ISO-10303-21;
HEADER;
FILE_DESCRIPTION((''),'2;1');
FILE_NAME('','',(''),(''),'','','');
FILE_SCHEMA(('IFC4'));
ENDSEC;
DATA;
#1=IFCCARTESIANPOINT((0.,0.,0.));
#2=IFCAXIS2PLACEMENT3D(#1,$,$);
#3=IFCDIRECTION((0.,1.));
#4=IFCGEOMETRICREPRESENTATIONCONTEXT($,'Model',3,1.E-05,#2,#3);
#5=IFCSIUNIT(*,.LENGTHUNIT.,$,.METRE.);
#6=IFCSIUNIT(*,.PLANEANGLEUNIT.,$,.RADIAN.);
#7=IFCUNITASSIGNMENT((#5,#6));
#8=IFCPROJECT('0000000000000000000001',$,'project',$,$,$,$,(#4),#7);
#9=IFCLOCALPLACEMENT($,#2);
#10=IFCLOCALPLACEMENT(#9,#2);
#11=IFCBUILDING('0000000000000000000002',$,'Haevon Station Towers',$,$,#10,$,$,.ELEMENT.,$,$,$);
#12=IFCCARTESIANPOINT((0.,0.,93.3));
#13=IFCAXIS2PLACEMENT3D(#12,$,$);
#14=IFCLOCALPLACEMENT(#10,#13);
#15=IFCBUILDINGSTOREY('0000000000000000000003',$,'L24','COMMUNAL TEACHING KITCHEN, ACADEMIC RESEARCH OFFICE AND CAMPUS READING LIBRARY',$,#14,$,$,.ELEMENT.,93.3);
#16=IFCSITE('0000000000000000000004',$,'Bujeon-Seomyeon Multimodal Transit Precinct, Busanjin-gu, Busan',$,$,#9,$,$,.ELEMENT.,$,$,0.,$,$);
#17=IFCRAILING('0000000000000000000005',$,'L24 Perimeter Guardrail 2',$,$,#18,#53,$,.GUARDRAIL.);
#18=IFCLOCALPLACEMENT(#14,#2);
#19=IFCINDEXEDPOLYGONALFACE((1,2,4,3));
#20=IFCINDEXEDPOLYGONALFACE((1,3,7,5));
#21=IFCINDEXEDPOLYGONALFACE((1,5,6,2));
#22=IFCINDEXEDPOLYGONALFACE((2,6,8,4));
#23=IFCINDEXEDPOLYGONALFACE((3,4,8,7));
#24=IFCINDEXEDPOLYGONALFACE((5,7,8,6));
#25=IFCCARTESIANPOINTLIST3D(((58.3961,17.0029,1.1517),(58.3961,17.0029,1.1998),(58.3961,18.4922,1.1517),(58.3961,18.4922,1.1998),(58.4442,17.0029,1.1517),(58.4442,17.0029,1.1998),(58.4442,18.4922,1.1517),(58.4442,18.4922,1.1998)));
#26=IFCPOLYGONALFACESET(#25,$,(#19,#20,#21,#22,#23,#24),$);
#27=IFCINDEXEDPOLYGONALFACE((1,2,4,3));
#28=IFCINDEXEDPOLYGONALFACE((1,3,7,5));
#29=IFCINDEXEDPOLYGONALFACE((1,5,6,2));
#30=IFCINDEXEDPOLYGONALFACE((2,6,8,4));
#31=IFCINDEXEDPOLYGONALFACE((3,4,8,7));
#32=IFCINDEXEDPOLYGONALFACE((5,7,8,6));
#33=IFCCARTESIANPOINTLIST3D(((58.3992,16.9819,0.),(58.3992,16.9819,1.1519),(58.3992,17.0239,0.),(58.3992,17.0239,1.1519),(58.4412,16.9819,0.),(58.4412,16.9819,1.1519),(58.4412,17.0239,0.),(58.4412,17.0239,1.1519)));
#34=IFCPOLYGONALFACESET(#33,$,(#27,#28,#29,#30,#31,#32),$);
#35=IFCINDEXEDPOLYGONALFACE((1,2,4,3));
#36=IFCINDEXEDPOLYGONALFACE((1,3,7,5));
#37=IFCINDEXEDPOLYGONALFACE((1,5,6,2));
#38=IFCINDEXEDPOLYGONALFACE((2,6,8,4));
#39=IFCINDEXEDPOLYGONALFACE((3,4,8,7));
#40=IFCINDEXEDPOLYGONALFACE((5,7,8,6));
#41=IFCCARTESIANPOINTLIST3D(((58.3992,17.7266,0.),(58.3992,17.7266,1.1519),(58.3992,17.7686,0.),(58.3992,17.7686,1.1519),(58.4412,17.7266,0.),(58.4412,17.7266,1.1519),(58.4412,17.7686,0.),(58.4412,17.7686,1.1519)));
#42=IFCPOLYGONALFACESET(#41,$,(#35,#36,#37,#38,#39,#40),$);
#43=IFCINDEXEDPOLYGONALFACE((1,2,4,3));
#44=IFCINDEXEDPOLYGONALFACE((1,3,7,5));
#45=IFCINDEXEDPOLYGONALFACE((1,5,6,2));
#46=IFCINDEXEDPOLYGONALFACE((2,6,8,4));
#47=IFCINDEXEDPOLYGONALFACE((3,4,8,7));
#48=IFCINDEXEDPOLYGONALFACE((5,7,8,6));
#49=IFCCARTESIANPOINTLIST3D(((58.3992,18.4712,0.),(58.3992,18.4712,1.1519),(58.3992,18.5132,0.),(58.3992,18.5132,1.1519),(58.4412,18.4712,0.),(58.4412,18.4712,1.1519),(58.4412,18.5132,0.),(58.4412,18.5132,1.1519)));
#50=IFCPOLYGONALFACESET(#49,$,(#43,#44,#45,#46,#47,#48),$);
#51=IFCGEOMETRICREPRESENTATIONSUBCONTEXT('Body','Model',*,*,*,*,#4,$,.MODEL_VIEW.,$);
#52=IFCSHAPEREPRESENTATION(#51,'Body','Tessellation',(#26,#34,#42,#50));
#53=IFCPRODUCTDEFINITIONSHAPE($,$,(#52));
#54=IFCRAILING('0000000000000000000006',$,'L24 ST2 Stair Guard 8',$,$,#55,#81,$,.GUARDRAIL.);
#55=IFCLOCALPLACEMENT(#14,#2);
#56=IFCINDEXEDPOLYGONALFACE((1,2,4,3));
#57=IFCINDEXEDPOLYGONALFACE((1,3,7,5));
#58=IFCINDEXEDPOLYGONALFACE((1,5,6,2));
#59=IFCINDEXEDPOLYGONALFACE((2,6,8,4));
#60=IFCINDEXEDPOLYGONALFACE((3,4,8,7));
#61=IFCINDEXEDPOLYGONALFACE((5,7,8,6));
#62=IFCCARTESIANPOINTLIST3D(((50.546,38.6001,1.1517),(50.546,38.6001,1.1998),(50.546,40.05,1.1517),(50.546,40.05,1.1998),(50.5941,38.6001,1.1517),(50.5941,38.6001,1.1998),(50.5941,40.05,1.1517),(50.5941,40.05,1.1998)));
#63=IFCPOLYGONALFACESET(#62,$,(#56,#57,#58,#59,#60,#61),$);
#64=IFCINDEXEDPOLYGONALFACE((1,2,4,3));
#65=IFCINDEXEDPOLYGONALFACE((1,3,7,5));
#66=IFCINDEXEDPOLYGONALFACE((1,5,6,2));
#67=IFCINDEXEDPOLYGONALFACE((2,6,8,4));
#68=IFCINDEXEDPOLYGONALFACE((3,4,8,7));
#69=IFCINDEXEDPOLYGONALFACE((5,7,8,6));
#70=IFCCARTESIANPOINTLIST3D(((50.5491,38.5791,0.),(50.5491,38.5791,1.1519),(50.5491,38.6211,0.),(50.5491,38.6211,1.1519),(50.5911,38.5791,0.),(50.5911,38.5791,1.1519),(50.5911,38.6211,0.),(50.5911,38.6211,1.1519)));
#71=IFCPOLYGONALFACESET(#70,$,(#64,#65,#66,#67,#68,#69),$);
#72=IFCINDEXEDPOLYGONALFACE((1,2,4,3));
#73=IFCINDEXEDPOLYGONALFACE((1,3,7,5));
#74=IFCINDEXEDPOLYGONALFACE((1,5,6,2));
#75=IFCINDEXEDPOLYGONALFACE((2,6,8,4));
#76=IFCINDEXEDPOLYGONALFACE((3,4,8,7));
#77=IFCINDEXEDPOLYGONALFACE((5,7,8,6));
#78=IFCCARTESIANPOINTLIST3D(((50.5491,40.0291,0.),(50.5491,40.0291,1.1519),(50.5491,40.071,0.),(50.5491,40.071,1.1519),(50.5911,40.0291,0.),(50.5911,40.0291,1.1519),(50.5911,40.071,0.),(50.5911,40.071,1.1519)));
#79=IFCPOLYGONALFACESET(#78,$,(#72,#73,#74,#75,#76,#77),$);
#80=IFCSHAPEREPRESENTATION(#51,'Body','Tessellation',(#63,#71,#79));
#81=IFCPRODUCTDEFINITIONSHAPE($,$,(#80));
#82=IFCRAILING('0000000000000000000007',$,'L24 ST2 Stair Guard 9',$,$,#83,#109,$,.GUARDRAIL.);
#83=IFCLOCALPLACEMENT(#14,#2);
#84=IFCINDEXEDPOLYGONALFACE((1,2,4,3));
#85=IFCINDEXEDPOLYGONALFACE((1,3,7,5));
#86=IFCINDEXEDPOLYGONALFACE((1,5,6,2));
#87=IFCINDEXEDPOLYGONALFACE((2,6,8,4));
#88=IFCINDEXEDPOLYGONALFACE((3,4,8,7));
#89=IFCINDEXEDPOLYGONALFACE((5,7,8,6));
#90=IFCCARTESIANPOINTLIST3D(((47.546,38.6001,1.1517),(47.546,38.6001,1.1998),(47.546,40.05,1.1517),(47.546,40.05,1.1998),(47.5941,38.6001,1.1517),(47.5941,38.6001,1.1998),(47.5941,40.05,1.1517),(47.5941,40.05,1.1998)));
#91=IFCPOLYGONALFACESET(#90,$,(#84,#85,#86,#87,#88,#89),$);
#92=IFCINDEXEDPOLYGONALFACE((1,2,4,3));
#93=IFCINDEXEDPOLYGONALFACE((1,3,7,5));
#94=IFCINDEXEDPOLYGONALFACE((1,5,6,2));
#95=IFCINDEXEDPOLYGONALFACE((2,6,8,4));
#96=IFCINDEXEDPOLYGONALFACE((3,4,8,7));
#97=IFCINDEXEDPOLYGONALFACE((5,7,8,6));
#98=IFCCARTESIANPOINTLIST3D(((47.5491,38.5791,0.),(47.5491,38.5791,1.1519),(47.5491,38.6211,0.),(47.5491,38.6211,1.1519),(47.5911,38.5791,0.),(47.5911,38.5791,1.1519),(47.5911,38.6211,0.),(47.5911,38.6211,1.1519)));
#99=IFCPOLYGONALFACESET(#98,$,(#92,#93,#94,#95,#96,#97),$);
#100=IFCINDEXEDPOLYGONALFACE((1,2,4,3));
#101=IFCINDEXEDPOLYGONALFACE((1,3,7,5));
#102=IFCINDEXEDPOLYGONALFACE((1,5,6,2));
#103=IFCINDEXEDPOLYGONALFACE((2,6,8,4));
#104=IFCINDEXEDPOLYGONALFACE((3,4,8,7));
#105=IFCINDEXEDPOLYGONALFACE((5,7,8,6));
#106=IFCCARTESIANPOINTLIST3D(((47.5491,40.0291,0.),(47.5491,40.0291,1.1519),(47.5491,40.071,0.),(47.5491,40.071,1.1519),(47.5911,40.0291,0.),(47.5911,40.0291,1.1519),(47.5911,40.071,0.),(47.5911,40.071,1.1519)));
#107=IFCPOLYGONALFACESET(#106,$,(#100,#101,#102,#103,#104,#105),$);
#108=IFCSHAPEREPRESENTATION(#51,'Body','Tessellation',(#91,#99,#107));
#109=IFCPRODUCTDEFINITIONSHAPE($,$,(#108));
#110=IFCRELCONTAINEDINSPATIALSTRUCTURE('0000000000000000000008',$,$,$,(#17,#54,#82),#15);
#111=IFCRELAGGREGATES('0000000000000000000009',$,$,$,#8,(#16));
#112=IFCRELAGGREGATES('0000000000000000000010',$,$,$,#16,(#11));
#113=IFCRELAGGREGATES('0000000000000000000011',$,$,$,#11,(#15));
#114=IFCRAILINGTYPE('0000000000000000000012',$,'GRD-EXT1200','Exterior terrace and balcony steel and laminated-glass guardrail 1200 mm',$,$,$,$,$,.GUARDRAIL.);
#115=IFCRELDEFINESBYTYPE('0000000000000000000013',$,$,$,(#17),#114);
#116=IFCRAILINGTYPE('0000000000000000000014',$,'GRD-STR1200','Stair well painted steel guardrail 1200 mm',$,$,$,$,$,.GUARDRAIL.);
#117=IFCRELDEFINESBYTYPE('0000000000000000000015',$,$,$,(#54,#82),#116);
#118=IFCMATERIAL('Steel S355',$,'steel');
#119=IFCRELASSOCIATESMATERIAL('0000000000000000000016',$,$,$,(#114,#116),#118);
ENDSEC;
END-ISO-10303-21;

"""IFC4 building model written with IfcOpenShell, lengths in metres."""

from ifc_helpers import new_model, si_unit, direction, frame, origin, origin_2d, place, context, subcontext, project, spatial, rectangle, extrude, material, type_object, element, save


model = new_model("IFC4")

# Units and contexts
model_context = context("Model", 3, precision=1e-05, world=origin(), true_north=direction((0.0, 1.0)))
body_context = subcontext(model_context, "Body", "Model", "MODEL_VIEW")
ifc_project = project(units=[si_unit("LENGTHUNIT", "METRE"), si_unit("PLANEANGLEUNIT", "RADIAN")], contexts=[model_context])

# Site, building, storey
site_placement = place(None, origin())
site = spatial("IfcSite", under=ifc_project, at=site_placement, Name="Bujeon-Seomyeon Multimodal Transit Precinct, Busanjin-gu, Busan", CompositionType="ELEMENT", RefElevation=0.0)
building_placement = place(site_placement, origin())
building = spatial("IfcBuilding", under=site, at=building_placement, Name="Haevon Station Towers", CompositionType="ELEMENT")
storey_placement = place(building_placement, frame((0.0, 0.0, 93.3)))
storey = spatial("IfcBuildingStorey", under=building, at=storey_placement, Name="L24", Description="COMMUNAL TEACHING KITCHEN, ACADEMIC RESEARCH OFFICE AND CAMPUS READING LIBRARY", CompositionType="ELEMENT", Elevation=93.3)

# Shared definitions
ifc_material_1 = material(Name="Steel S355", Category="steel")

# Railings
railing_type_1 = type_object("IfcRailingType", Name="GRD-EXT1200", Description="Exterior terrace and balcony steel and laminated-glass guardrail 1200 mm", PredefinedType="GUARDRAIL", material=ifc_material_1)
railing_placement = place(storey_placement, frame((58.4202, 17.0029, 0.0)))
element("IfcRailing", 1, at=railing_placement, inside=storey, type_object=railing_type_1, Name="L24 Perimeter Guardrail 2", PredefinedType="GUARDRAIL", context=body_context, shape_type="SweptSolid", body=[
    extrude(rectangle(XDim=0.0481, YDim=0.0481, at=origin_2d()), frame((0.0, 0.0, 1.1758), z_axis=(0.0, 1.0, 0.0), x_axis=(-1.0, 0.0, 0.0)), (0.0, 0.0, 1.0), 1.4893),
    extrude(rectangle(XDim=0.042, YDim=0.042, at=origin_2d()), origin(), (0.0, 0.0, 1.0), 1.1519),
    extrude(rectangle(XDim=0.042, YDim=0.042, at=origin_2d()), frame((0.0, 0.7446, 0.0)), (0.0, 0.0, 1.0), 1.1519),
    extrude(rectangle(XDim=0.042, YDim=0.042, at=origin_2d()), frame((0.0, 1.4893, 0.0)), (0.0, 0.0, 1.0), 1.1519),
])
railing_type_2 = type_object("IfcRailingType", Name="GRD-STR1200", Description="Stair well painted steel guardrail 1200 mm", PredefinedType="GUARDRAIL", material=ifc_material_1)
for number, where, name in (
    (2, (50.5701, 38.6001, 0.0), "L24 ST2 Stair Guard 8"),
    (3, (47.5701, 38.6001, 0.0), "L24 ST2 Stair Guard 9"),
):
    element("IfcRailing", number, at=place(storey_placement, frame(where)), inside=storey, type_object=railing_type_2, Name=name, PredefinedType="GUARDRAIL", context=body_context, shape_type="SweptSolid", body=[
        extrude(rectangle(XDim=0.0481, YDim=0.0481, at=origin_2d()), frame((0.0, 0.0, 1.1758), z_axis=(0.0, 1.0, 0.0), x_axis=(-1.0, 0.0, 0.0)), (0.0, 0.0, 1.0), 1.45),
        extrude(rectangle(XDim=0.042, YDim=0.042, at=origin_2d()), origin(), (0.0, 0.0, 1.0), 1.1519),
        extrude(rectangle(XDim=0.042, YDim=0.042, at=origin_2d()), frame((0.0, 1.45, 0.0)), (0.0, 0.0, 1.0), 1.1519),
    ])

save(model, "model.ifc")
